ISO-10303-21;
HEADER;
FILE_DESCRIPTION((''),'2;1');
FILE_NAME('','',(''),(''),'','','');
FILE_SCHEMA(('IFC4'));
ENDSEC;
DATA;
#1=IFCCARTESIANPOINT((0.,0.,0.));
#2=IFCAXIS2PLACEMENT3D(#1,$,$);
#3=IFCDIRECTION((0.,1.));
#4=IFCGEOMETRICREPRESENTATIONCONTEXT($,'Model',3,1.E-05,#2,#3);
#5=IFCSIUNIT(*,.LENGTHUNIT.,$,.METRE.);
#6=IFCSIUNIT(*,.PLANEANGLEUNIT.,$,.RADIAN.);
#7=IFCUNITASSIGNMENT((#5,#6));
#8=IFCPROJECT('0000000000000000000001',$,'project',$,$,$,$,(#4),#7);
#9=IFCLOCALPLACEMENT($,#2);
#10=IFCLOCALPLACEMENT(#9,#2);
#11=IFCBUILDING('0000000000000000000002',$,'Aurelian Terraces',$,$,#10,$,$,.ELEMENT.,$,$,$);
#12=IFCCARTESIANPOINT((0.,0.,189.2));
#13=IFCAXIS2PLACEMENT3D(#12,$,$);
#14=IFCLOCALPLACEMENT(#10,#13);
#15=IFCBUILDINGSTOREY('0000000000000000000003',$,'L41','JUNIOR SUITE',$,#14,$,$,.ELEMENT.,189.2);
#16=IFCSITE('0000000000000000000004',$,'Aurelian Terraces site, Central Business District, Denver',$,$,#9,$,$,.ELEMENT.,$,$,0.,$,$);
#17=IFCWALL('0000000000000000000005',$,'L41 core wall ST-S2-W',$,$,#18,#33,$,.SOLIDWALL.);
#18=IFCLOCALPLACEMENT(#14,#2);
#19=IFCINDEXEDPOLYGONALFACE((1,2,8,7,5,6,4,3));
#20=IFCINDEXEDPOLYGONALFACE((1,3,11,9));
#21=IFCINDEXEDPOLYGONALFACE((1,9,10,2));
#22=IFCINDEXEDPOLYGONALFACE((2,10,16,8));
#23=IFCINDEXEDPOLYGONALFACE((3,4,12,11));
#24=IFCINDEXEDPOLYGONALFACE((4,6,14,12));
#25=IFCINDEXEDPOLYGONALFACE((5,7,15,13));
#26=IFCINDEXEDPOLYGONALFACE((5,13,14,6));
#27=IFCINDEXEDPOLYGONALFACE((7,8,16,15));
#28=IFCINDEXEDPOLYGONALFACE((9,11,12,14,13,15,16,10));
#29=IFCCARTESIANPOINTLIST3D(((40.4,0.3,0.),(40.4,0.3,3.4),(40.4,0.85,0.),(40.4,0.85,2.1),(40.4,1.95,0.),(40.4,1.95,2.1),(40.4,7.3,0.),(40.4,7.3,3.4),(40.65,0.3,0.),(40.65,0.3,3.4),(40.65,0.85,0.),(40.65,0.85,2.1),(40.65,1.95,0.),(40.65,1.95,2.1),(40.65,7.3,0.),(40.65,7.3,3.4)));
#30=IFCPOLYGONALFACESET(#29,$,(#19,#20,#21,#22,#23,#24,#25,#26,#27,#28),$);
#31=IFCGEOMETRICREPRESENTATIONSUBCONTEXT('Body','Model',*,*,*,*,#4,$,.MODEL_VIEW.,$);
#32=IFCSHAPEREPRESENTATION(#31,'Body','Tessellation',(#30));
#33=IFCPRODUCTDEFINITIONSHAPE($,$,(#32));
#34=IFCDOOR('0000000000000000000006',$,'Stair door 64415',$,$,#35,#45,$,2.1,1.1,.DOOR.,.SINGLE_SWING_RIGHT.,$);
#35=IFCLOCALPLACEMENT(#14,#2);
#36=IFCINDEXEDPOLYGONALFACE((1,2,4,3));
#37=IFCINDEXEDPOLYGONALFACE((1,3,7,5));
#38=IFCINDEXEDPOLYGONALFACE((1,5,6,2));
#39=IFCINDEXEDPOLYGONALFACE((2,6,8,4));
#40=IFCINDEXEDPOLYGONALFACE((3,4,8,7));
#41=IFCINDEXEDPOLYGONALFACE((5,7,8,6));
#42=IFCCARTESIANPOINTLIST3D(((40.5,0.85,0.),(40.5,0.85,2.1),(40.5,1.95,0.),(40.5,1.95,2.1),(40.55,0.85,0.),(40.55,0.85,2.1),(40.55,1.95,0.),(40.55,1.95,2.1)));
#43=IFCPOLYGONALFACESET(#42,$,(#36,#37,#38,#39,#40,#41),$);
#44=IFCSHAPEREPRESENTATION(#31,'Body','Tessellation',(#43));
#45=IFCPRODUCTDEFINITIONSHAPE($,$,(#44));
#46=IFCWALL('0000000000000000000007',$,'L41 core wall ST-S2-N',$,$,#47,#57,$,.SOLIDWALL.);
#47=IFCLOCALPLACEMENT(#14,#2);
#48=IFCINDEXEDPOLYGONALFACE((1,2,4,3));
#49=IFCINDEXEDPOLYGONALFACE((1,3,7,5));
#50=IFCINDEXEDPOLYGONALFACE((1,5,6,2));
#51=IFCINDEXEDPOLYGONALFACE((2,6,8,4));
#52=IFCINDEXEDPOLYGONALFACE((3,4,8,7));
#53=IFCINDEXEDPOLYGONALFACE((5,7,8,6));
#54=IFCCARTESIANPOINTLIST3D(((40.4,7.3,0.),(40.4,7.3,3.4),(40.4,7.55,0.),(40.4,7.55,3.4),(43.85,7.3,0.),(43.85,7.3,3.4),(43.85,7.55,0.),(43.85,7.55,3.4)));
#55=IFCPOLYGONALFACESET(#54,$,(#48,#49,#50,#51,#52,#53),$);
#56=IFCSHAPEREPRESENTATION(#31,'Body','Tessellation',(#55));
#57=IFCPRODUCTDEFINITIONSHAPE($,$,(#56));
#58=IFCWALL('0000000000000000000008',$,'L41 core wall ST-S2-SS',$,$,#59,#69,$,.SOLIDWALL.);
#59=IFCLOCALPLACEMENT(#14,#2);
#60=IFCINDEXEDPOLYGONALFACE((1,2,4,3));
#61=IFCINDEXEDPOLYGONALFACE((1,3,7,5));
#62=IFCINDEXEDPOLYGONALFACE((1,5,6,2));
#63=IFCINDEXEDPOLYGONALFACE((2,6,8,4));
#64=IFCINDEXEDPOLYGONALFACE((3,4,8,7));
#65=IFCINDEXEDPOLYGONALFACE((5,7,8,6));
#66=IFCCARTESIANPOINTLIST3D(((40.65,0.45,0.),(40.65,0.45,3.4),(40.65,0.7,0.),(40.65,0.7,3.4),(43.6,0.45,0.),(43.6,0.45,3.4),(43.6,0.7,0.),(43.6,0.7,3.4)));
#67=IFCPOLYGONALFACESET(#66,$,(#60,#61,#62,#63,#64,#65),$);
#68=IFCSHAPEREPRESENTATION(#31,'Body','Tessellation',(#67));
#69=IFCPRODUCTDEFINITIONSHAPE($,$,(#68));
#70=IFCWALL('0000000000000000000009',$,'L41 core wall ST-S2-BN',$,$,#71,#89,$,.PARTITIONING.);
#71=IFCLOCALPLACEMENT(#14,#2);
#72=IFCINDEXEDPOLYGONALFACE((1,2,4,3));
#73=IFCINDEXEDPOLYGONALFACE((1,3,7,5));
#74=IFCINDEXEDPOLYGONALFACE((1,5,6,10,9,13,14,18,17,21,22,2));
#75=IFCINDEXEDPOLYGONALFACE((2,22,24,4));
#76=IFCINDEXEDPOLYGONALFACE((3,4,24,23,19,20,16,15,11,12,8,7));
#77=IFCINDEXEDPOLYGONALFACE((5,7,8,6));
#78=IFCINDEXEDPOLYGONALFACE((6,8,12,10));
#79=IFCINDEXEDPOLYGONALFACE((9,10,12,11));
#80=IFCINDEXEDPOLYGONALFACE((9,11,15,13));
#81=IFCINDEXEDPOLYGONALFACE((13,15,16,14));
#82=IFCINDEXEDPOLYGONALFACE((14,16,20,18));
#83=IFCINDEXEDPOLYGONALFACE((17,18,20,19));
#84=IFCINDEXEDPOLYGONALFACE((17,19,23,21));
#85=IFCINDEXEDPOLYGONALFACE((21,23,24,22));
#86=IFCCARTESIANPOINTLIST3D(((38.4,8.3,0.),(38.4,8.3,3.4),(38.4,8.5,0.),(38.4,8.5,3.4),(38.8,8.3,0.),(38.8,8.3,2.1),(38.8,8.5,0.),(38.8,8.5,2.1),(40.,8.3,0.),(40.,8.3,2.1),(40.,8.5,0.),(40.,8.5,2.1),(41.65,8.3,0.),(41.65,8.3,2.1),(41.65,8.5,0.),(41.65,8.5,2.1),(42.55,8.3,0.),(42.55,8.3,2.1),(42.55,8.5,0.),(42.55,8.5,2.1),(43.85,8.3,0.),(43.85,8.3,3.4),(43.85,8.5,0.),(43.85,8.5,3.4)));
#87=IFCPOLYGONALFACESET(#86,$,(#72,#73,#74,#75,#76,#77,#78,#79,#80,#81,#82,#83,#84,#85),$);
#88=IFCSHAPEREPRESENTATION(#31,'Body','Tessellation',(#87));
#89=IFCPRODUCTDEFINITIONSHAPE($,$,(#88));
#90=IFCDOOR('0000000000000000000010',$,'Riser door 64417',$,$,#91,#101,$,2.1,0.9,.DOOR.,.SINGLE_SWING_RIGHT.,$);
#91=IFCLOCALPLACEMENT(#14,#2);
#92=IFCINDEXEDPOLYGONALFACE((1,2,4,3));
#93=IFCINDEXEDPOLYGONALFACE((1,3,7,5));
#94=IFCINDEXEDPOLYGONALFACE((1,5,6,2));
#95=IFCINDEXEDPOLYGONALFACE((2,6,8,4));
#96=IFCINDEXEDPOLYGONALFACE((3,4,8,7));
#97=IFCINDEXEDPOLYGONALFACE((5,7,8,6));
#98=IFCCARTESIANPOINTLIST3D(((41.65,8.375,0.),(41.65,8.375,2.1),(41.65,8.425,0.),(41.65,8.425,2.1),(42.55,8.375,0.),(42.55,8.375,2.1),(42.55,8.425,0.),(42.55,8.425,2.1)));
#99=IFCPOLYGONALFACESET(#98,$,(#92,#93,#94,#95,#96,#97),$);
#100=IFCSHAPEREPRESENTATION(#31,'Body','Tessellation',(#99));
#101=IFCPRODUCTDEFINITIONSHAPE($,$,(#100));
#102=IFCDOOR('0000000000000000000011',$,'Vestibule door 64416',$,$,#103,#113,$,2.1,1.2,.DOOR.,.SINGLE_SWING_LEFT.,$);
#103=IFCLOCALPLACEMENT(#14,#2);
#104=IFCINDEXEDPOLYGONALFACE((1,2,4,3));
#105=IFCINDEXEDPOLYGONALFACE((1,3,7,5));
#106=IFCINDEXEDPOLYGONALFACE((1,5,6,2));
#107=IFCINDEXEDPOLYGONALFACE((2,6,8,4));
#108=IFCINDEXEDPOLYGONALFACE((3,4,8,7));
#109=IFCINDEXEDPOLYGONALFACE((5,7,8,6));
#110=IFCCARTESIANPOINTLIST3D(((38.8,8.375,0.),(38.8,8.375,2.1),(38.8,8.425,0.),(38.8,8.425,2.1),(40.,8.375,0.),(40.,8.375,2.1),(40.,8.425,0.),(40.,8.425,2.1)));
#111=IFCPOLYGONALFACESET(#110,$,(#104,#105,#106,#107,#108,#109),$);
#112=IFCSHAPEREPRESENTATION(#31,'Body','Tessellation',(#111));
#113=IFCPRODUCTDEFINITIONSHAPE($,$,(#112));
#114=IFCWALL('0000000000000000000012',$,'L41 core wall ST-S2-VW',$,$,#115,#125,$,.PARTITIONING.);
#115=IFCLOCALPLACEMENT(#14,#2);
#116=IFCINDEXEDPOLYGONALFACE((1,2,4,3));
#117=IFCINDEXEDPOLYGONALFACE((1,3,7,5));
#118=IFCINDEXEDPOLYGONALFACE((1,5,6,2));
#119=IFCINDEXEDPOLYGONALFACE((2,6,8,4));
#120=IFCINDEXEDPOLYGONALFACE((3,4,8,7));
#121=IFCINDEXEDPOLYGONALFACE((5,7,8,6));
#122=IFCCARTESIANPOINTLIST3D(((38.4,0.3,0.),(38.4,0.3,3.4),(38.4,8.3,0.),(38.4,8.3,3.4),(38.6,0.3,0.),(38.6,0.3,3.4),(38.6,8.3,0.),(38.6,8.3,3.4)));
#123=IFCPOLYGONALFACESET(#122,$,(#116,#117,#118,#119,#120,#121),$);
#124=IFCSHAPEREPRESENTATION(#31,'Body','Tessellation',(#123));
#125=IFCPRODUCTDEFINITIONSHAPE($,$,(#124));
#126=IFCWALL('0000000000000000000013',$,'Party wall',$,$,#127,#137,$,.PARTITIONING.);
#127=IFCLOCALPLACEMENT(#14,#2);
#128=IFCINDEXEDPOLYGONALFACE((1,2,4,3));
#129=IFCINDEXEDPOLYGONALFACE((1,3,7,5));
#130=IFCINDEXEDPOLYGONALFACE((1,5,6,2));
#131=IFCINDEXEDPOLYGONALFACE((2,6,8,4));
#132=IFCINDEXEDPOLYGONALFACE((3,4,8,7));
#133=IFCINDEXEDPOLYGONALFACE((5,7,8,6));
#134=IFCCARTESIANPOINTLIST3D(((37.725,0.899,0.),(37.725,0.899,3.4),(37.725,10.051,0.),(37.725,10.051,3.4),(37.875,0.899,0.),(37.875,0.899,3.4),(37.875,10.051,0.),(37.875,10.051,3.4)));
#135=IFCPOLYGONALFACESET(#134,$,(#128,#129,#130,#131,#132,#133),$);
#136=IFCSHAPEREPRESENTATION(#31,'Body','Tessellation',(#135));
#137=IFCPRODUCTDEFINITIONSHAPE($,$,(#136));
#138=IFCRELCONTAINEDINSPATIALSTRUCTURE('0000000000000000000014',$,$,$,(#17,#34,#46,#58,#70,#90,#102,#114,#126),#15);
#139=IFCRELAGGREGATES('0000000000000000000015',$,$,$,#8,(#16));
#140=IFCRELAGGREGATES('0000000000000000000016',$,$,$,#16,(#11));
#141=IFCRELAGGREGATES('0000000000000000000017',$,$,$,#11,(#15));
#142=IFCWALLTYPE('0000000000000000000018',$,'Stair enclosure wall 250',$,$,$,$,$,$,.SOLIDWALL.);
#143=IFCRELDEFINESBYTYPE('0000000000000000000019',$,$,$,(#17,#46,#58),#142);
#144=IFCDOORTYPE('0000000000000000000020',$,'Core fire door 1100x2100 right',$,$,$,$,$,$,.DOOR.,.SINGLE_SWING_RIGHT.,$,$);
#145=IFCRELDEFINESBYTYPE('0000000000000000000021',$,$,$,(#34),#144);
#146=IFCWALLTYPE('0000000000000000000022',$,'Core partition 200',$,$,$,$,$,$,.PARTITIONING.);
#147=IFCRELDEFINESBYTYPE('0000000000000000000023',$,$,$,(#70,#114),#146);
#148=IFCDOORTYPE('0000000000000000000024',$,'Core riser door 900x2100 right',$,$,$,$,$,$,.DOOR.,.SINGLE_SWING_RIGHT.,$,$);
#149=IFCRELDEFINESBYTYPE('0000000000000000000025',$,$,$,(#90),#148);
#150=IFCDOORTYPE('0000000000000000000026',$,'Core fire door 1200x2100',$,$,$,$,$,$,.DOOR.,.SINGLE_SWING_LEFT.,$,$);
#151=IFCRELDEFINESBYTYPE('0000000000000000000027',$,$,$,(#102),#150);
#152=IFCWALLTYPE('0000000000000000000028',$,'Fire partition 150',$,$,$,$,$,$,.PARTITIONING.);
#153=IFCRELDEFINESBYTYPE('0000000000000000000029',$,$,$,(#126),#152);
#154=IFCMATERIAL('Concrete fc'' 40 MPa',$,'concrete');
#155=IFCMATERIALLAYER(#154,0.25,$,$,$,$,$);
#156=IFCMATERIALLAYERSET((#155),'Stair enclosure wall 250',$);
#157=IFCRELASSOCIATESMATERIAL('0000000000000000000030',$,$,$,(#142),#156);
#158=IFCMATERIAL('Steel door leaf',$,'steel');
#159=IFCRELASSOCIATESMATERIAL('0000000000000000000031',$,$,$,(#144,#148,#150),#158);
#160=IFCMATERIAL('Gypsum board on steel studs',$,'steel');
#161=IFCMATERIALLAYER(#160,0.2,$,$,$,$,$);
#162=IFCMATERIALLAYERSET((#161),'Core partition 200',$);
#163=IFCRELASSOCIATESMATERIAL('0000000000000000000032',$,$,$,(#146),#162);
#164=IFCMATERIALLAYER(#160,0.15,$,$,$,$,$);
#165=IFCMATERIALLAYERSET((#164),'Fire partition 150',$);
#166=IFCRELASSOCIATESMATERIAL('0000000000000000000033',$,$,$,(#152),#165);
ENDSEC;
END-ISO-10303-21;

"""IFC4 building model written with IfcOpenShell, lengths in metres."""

from ifc_helpers import new_model, si_unit, direction, frame, frame_2d, origin, place, context, subcontext, project, spatial, rectangle, extrude, source, transform, mapped, material, layer, layer_set, type_object, element, fill, save


model = new_model("IFC4")

# Units and contexts
model_context = context("Model", 3, precision=1e-05, world=origin(), true_north=direction((0.0, 1.0)))
body_context = subcontext(model_context, "Body", "Model", "MODEL_VIEW")
ifc_project = project(units=[si_unit("LENGTHUNIT", "METRE"), si_unit("PLANEANGLEUNIT", "RADIAN")], contexts=[model_context])

# Site, building, storey
site_placement = place(None, origin())
site = spatial("IfcSite", under=ifc_project, at=site_placement, Name="Aurelian Terraces site, Central Business District, Denver", CompositionType="ELEMENT", RefElevation=0.0)
building_placement = place(site_placement, origin())
building = spatial("IfcBuilding", under=site, at=building_placement, Name="Aurelian Terraces", CompositionType="ELEMENT")
storey_placement = place(building_placement, frame((0.0, 0.0, 189.2)))
storey = spatial("IfcBuildingStorey", under=building, at=storey_placement, Name="L41", Description="JUNIOR SUITE", CompositionType="ELEMENT", Elevation=189.2)

# Shared definitions
ifc_material_1 = material(Name="Concrete fc' 40 MPa", Category="concrete")

# Wall, opening, door
ifc_layer_1 = layer(ifc_material_1, 0.25)
ifc_layer_set_1 = layer_set([ifc_layer_1], Name="Stair enclosure wall 250")
wall_type_1 = type_object("IfcWallType", Name="Stair enclosure wall 250", PredefinedType="SOLIDWALL", material=ifc_layer_set_1)
shared_shape_1 = source(origin(), body_context, "Body", "SweptSolid", [
    extrude(rectangle(XDim=7.0, YDim=0.25, at=frame_2d((3.5, 0.0))), origin(), (0.0, 0.0, 1.0), 3.4),
])
wall_1_placement = place(storey_placement, frame((40.525, 0.3, 0.0), z_axis=(0.0, 0.0, 1.0), x_axis=(0.0, 1.0, 0.0)))
wall_1 = element("IfcWall", 1, at=wall_1_placement, inside=storey, type_object=wall_type_1, Name="L41 core wall ST-S2-W", PredefinedType="SOLIDWALL", context=body_context, shape_type="MappedRepresentation", body=[
    mapped(shared_shape_1, transform((0.0, 0.0, 0.0), scale=1.0)),
])
shared_shape_2 = source(origin(), body_context, "Body", "SweptSolid", [
    extrude(rectangle(XDim=1.1, YDim=2.1, at=frame_2d((0.55, 1.05))), frame((0.0, 0.135, 0.0), z_axis=(0.0, -1.0, 0.0), x_axis=(1.0, 0.0, 0.0)), (0.0, 0.0, 1.0), 0.27),
])
opening_1_placement = place(wall_1_placement, frame((0.55, 0.0, 0.0)))
opening_1 = element("IfcOpeningElement", 2, at=opening_1_placement, cuts=wall_1, PredefinedType="OPENING", context=body_context, shape_type="MappedRepresentation", body=[
    mapped(shared_shape_2, transform((0.0, 0.0, 0.0), scale=1.0)),
])
ifc_material_2 = material(Name="Steel door leaf", Category="steel")
door_type_1 = type_object("IfcDoorType", Name="Core fire door 1100x2100 right", OperationType="SINGLE_SWING_RIGHT", PredefinedType="DOOR", material=ifc_material_2)
shared_shape_3 = source(origin(), body_context, "Body", "SweptSolid", [
    extrude(rectangle(XDim=1.1, YDim=2.1, at=frame_2d((0.55, 1.05))), frame((0.0, 0.025, 0.0), z_axis=(0.0, -1.0, 0.0), x_axis=(1.0, 0.0, 0.0)), (0.0, 0.0, 1.0), 0.05),
])
door_1_placement = place(opening_1_placement, origin())
door_1 = element("IfcDoor", 3, at=door_1_placement, inside=storey, type_object=door_type_1, Name="Stair door 64415", OperationType="SINGLE_SWING_RIGHT", OverallHeight=2.1, OverallWidth=1.1, PredefinedType="DOOR", context=body_context, shape_type="MappedRepresentation", body=[
    mapped(shared_shape_3, transform((0.0, 0.0, 0.0), scale=1.0)),
])
fill(opening_1, door_1)

# Walls
shared_shape_4 = source(origin(), body_context, "Body", "SweptSolid", [
    extrude(rectangle(XDim=3.45, YDim=0.25, at=frame_2d((1.725, 0.0))), origin(), (0.0, 0.0, 1.0), 3.4),
])
wall_2_placement = place(storey_placement, frame((40.4, 7.425, 0.0), z_axis=(0.0, 0.0, 1.0), x_axis=(1.0, 0.0, 0.0)))
element("IfcWall", 4, at=wall_2_placement, inside=storey, type_object=wall_type_1, Name="L41 core wall ST-S2-N", PredefinedType="SOLIDWALL", context=body_context, shape_type="MappedRepresentation", body=[
    mapped(shared_shape_4, transform((0.0, 0.0, 0.0), scale=1.0)),
])
shared_shape_5 = source(origin(), body_context, "Body", "SweptSolid", [
    extrude(rectangle(XDim=2.95, YDim=0.25, at=frame_2d((1.475, 0.0))), origin(), (0.0, 0.0, 1.0), 3.4),
])
wall_3_placement = place(storey_placement, frame((40.65, 0.575, 0.0), z_axis=(0.0, 0.0, 1.0), x_axis=(1.0, 0.0, 0.0)))
element("IfcWall", 5, at=wall_3_placement, inside=storey, type_object=wall_type_1, Name="L41 core wall ST-S2-SS", PredefinedType="SOLIDWALL", context=body_context, shape_type="MappedRepresentation", body=[
    mapped(shared_shape_5, transform((0.0, 0.0, 0.0), scale=1.0)),
])

# Wall, openings, doors
ifc_material_3 = material(Name="Gypsum board on steel studs", Category="steel")
ifc_layer_2 = layer(ifc_material_3, 0.2)
ifc_layer_set_2 = layer_set([ifc_layer_2], Name="Core partition 200")
wall_type_2 = type_object("IfcWallType", Name="Core partition 200", PredefinedType="PARTITIONING", material=ifc_layer_set_2)
shared_shape_6 = source(origin(), body_context, "Body", "SweptSolid", [
    extrude(rectangle(XDim=5.45, YDim=0.2, at=frame_2d((2.725, 0.0))), origin(), (0.0, 0.0, 1.0), 3.4),
])
wall_4_placement = place(storey_placement, frame((38.4, 8.4, 0.0), z_axis=(0.0, 0.0, 1.0), x_axis=(1.0, 0.0, 0.0)))
wall_4 = element("IfcWall", 6, at=wall_4_placement, inside=storey, type_object=wall_type_2, Name="L41 core wall ST-S2-BN", PredefinedType="PARTITIONING", context=body_context, shape_type="MappedRepresentation", body=[
    mapped(shared_shape_6, transform((0.0, 0.0, 0.0), scale=1.0)),
])
shared_shape_7 = source(origin(), body_context, "Body", "SweptSolid", [
    extrude(rectangle(XDim=1.2, YDim=2.1, at=frame_2d((0.6, 1.05))), frame((0.0, 0.11, 0.0), z_axis=(0.0, -1.0, 0.0), x_axis=(1.0, 0.0, 0.0)), (0.0, 0.0, 1.0), 0.22),
])
opening_2_placement = place(wall_4_placement, frame((0.4, 0.0, 0.0)))
opening_2 = element("IfcOpeningElement", 7, at=opening_2_placement, cuts=wall_4, PredefinedType="OPENING", context=body_context, shape_type="MappedRepresentation", body=[
    mapped(shared_shape_7, transform((0.0, 0.0, 0.0), scale=1.0)),
])
shared_shape_8 = source(origin(), body_context, "Body", "SweptSolid", [
    extrude(rectangle(XDim=0.9, YDim=2.1, at=frame_2d((0.45, 1.05))), frame((0.0, 0.11, 0.0), z_axis=(0.0, -1.0, 0.0), x_axis=(1.0, 0.0, 0.0)), (0.0, 0.0, 1.0), 0.22),
])
opening_3_placement = place(wall_4_placement, frame((3.25, 0.0, 0.0)))
opening_3 = element("IfcOpeningElement", 8, at=opening_3_placement, cuts=wall_4, PredefinedType="OPENING", context=body_context, shape_type="MappedRepresentation", body=[
    mapped(shared_shape_8, transform((0.0, 0.0, 0.0), scale=1.0)),
])
door_type_2 = type_object("IfcDoorType", Name="Core riser door 900x2100 right", OperationType="SINGLE_SWING_RIGHT", PredefinedType="DOOR", material=ifc_material_2)
shared_shape_9 = source(origin(), body_context, "Body", "SweptSolid", [
    extrude(rectangle(XDim=0.9, YDim=2.1, at=frame_2d((0.45, 1.05))), frame((0.0, 0.025, 0.0), z_axis=(0.0, -1.0, 0.0), x_axis=(1.0, 0.0, 0.0)), (0.0, 0.0, 1.0), 0.05),
])
door_2_placement = place(opening_3_placement, origin())
door_2 = element("IfcDoor", 9, at=door_2_placement, inside=storey, type_object=door_type_2, Name="Riser door 64417", OperationType="SINGLE_SWING_RIGHT", OverallHeight=2.1, OverallWidth=0.9, PredefinedType="DOOR", context=body_context, shape_type="MappedRepresentation", body=[
    mapped(shared_shape_9, transform((0.0, 0.0, 0.0), scale=1.0)),
])
fill(opening_3, door_2)
door_type_3 = type_object("IfcDoorType", Name="Core fire door 1200x2100", OperationType="SINGLE_SWING_LEFT", PredefinedType="DOOR", material=ifc_material_2)
shared_shape_10 = source(origin(), body_context, "Body", "SweptSolid", [
    extrude(rectangle(XDim=1.2, YDim=2.1, at=frame_2d((0.6, 1.05))), frame((0.0, 0.025, 0.0), z_axis=(0.0, -1.0, 0.0), x_axis=(1.0, 0.0, 0.0)), (0.0, 0.0, 1.0), 0.05),
])
door_3_placement = place(opening_2_placement, origin())
door_3 = element("IfcDoor", 10, at=door_3_placement, inside=storey, type_object=door_type_3, Name="Vestibule door 64416", OperationType="SINGLE_SWING_LEFT", OverallHeight=2.1, OverallWidth=1.2, PredefinedType="DOOR", context=body_context, shape_type="MappedRepresentation", body=[
    mapped(shared_shape_10, transform((0.0, 0.0, 0.0), scale=1.0)),
])
fill(opening_2, door_3)

# Walls
shared_shape_11 = source(origin(), body_context, "Body", "SweptSolid", [
    extrude(rectangle(XDim=8.0, YDim=0.2, at=frame_2d((4.0, 0.0))), origin(), (0.0, 0.0, 1.0), 3.4),
])
wall_5_placement = place(storey_placement, frame((38.5, 0.3, 0.0), z_axis=(0.0, 0.0, 1.0), x_axis=(0.0, 1.0, 0.0)))
element("IfcWall", 11, at=wall_5_placement, inside=storey, type_object=wall_type_2, Name="L41 core wall ST-S2-VW", PredefinedType="PARTITIONING", context=body_context, shape_type="MappedRepresentation", body=[
    mapped(shared_shape_11, transform((0.0, 0.0, 0.0), scale=1.0)),
])
ifc_layer_3 = layer(ifc_material_3, 0.15)
ifc_layer_set_3 = layer_set([ifc_layer_3], Name="Fire partition 150")
wall_type_3 = type_object("IfcWallType", Name="Fire partition 150", PredefinedType="PARTITIONING", material=ifc_layer_set_3)
shared_shape_12 = source(origin(), body_context, "Body", "SweptSolid", [
    extrude(rectangle(XDim=9.152, YDim=0.15, at=frame_2d((4.576, 0.0))), origin(), (0.0, 0.0, 1.0), 3.4),
])
wall_6_placement = place(storey_placement, frame((37.8, 0.899, 0.0), z_axis=(0.0, 0.0, 1.0), x_axis=(0.0, 1.0, 0.0)))
element("IfcWall", 12, at=wall_6_placement, inside=storey, type_object=wall_type_3, Name="Party wall", PredefinedType="PARTITIONING", context=body_context, shape_type="MappedRepresentation", body=[
    mapped(shared_shape_12, transform((0.0, 0.0, 0.0), scale=1.0)),
])

save(model, "model.ifc")
